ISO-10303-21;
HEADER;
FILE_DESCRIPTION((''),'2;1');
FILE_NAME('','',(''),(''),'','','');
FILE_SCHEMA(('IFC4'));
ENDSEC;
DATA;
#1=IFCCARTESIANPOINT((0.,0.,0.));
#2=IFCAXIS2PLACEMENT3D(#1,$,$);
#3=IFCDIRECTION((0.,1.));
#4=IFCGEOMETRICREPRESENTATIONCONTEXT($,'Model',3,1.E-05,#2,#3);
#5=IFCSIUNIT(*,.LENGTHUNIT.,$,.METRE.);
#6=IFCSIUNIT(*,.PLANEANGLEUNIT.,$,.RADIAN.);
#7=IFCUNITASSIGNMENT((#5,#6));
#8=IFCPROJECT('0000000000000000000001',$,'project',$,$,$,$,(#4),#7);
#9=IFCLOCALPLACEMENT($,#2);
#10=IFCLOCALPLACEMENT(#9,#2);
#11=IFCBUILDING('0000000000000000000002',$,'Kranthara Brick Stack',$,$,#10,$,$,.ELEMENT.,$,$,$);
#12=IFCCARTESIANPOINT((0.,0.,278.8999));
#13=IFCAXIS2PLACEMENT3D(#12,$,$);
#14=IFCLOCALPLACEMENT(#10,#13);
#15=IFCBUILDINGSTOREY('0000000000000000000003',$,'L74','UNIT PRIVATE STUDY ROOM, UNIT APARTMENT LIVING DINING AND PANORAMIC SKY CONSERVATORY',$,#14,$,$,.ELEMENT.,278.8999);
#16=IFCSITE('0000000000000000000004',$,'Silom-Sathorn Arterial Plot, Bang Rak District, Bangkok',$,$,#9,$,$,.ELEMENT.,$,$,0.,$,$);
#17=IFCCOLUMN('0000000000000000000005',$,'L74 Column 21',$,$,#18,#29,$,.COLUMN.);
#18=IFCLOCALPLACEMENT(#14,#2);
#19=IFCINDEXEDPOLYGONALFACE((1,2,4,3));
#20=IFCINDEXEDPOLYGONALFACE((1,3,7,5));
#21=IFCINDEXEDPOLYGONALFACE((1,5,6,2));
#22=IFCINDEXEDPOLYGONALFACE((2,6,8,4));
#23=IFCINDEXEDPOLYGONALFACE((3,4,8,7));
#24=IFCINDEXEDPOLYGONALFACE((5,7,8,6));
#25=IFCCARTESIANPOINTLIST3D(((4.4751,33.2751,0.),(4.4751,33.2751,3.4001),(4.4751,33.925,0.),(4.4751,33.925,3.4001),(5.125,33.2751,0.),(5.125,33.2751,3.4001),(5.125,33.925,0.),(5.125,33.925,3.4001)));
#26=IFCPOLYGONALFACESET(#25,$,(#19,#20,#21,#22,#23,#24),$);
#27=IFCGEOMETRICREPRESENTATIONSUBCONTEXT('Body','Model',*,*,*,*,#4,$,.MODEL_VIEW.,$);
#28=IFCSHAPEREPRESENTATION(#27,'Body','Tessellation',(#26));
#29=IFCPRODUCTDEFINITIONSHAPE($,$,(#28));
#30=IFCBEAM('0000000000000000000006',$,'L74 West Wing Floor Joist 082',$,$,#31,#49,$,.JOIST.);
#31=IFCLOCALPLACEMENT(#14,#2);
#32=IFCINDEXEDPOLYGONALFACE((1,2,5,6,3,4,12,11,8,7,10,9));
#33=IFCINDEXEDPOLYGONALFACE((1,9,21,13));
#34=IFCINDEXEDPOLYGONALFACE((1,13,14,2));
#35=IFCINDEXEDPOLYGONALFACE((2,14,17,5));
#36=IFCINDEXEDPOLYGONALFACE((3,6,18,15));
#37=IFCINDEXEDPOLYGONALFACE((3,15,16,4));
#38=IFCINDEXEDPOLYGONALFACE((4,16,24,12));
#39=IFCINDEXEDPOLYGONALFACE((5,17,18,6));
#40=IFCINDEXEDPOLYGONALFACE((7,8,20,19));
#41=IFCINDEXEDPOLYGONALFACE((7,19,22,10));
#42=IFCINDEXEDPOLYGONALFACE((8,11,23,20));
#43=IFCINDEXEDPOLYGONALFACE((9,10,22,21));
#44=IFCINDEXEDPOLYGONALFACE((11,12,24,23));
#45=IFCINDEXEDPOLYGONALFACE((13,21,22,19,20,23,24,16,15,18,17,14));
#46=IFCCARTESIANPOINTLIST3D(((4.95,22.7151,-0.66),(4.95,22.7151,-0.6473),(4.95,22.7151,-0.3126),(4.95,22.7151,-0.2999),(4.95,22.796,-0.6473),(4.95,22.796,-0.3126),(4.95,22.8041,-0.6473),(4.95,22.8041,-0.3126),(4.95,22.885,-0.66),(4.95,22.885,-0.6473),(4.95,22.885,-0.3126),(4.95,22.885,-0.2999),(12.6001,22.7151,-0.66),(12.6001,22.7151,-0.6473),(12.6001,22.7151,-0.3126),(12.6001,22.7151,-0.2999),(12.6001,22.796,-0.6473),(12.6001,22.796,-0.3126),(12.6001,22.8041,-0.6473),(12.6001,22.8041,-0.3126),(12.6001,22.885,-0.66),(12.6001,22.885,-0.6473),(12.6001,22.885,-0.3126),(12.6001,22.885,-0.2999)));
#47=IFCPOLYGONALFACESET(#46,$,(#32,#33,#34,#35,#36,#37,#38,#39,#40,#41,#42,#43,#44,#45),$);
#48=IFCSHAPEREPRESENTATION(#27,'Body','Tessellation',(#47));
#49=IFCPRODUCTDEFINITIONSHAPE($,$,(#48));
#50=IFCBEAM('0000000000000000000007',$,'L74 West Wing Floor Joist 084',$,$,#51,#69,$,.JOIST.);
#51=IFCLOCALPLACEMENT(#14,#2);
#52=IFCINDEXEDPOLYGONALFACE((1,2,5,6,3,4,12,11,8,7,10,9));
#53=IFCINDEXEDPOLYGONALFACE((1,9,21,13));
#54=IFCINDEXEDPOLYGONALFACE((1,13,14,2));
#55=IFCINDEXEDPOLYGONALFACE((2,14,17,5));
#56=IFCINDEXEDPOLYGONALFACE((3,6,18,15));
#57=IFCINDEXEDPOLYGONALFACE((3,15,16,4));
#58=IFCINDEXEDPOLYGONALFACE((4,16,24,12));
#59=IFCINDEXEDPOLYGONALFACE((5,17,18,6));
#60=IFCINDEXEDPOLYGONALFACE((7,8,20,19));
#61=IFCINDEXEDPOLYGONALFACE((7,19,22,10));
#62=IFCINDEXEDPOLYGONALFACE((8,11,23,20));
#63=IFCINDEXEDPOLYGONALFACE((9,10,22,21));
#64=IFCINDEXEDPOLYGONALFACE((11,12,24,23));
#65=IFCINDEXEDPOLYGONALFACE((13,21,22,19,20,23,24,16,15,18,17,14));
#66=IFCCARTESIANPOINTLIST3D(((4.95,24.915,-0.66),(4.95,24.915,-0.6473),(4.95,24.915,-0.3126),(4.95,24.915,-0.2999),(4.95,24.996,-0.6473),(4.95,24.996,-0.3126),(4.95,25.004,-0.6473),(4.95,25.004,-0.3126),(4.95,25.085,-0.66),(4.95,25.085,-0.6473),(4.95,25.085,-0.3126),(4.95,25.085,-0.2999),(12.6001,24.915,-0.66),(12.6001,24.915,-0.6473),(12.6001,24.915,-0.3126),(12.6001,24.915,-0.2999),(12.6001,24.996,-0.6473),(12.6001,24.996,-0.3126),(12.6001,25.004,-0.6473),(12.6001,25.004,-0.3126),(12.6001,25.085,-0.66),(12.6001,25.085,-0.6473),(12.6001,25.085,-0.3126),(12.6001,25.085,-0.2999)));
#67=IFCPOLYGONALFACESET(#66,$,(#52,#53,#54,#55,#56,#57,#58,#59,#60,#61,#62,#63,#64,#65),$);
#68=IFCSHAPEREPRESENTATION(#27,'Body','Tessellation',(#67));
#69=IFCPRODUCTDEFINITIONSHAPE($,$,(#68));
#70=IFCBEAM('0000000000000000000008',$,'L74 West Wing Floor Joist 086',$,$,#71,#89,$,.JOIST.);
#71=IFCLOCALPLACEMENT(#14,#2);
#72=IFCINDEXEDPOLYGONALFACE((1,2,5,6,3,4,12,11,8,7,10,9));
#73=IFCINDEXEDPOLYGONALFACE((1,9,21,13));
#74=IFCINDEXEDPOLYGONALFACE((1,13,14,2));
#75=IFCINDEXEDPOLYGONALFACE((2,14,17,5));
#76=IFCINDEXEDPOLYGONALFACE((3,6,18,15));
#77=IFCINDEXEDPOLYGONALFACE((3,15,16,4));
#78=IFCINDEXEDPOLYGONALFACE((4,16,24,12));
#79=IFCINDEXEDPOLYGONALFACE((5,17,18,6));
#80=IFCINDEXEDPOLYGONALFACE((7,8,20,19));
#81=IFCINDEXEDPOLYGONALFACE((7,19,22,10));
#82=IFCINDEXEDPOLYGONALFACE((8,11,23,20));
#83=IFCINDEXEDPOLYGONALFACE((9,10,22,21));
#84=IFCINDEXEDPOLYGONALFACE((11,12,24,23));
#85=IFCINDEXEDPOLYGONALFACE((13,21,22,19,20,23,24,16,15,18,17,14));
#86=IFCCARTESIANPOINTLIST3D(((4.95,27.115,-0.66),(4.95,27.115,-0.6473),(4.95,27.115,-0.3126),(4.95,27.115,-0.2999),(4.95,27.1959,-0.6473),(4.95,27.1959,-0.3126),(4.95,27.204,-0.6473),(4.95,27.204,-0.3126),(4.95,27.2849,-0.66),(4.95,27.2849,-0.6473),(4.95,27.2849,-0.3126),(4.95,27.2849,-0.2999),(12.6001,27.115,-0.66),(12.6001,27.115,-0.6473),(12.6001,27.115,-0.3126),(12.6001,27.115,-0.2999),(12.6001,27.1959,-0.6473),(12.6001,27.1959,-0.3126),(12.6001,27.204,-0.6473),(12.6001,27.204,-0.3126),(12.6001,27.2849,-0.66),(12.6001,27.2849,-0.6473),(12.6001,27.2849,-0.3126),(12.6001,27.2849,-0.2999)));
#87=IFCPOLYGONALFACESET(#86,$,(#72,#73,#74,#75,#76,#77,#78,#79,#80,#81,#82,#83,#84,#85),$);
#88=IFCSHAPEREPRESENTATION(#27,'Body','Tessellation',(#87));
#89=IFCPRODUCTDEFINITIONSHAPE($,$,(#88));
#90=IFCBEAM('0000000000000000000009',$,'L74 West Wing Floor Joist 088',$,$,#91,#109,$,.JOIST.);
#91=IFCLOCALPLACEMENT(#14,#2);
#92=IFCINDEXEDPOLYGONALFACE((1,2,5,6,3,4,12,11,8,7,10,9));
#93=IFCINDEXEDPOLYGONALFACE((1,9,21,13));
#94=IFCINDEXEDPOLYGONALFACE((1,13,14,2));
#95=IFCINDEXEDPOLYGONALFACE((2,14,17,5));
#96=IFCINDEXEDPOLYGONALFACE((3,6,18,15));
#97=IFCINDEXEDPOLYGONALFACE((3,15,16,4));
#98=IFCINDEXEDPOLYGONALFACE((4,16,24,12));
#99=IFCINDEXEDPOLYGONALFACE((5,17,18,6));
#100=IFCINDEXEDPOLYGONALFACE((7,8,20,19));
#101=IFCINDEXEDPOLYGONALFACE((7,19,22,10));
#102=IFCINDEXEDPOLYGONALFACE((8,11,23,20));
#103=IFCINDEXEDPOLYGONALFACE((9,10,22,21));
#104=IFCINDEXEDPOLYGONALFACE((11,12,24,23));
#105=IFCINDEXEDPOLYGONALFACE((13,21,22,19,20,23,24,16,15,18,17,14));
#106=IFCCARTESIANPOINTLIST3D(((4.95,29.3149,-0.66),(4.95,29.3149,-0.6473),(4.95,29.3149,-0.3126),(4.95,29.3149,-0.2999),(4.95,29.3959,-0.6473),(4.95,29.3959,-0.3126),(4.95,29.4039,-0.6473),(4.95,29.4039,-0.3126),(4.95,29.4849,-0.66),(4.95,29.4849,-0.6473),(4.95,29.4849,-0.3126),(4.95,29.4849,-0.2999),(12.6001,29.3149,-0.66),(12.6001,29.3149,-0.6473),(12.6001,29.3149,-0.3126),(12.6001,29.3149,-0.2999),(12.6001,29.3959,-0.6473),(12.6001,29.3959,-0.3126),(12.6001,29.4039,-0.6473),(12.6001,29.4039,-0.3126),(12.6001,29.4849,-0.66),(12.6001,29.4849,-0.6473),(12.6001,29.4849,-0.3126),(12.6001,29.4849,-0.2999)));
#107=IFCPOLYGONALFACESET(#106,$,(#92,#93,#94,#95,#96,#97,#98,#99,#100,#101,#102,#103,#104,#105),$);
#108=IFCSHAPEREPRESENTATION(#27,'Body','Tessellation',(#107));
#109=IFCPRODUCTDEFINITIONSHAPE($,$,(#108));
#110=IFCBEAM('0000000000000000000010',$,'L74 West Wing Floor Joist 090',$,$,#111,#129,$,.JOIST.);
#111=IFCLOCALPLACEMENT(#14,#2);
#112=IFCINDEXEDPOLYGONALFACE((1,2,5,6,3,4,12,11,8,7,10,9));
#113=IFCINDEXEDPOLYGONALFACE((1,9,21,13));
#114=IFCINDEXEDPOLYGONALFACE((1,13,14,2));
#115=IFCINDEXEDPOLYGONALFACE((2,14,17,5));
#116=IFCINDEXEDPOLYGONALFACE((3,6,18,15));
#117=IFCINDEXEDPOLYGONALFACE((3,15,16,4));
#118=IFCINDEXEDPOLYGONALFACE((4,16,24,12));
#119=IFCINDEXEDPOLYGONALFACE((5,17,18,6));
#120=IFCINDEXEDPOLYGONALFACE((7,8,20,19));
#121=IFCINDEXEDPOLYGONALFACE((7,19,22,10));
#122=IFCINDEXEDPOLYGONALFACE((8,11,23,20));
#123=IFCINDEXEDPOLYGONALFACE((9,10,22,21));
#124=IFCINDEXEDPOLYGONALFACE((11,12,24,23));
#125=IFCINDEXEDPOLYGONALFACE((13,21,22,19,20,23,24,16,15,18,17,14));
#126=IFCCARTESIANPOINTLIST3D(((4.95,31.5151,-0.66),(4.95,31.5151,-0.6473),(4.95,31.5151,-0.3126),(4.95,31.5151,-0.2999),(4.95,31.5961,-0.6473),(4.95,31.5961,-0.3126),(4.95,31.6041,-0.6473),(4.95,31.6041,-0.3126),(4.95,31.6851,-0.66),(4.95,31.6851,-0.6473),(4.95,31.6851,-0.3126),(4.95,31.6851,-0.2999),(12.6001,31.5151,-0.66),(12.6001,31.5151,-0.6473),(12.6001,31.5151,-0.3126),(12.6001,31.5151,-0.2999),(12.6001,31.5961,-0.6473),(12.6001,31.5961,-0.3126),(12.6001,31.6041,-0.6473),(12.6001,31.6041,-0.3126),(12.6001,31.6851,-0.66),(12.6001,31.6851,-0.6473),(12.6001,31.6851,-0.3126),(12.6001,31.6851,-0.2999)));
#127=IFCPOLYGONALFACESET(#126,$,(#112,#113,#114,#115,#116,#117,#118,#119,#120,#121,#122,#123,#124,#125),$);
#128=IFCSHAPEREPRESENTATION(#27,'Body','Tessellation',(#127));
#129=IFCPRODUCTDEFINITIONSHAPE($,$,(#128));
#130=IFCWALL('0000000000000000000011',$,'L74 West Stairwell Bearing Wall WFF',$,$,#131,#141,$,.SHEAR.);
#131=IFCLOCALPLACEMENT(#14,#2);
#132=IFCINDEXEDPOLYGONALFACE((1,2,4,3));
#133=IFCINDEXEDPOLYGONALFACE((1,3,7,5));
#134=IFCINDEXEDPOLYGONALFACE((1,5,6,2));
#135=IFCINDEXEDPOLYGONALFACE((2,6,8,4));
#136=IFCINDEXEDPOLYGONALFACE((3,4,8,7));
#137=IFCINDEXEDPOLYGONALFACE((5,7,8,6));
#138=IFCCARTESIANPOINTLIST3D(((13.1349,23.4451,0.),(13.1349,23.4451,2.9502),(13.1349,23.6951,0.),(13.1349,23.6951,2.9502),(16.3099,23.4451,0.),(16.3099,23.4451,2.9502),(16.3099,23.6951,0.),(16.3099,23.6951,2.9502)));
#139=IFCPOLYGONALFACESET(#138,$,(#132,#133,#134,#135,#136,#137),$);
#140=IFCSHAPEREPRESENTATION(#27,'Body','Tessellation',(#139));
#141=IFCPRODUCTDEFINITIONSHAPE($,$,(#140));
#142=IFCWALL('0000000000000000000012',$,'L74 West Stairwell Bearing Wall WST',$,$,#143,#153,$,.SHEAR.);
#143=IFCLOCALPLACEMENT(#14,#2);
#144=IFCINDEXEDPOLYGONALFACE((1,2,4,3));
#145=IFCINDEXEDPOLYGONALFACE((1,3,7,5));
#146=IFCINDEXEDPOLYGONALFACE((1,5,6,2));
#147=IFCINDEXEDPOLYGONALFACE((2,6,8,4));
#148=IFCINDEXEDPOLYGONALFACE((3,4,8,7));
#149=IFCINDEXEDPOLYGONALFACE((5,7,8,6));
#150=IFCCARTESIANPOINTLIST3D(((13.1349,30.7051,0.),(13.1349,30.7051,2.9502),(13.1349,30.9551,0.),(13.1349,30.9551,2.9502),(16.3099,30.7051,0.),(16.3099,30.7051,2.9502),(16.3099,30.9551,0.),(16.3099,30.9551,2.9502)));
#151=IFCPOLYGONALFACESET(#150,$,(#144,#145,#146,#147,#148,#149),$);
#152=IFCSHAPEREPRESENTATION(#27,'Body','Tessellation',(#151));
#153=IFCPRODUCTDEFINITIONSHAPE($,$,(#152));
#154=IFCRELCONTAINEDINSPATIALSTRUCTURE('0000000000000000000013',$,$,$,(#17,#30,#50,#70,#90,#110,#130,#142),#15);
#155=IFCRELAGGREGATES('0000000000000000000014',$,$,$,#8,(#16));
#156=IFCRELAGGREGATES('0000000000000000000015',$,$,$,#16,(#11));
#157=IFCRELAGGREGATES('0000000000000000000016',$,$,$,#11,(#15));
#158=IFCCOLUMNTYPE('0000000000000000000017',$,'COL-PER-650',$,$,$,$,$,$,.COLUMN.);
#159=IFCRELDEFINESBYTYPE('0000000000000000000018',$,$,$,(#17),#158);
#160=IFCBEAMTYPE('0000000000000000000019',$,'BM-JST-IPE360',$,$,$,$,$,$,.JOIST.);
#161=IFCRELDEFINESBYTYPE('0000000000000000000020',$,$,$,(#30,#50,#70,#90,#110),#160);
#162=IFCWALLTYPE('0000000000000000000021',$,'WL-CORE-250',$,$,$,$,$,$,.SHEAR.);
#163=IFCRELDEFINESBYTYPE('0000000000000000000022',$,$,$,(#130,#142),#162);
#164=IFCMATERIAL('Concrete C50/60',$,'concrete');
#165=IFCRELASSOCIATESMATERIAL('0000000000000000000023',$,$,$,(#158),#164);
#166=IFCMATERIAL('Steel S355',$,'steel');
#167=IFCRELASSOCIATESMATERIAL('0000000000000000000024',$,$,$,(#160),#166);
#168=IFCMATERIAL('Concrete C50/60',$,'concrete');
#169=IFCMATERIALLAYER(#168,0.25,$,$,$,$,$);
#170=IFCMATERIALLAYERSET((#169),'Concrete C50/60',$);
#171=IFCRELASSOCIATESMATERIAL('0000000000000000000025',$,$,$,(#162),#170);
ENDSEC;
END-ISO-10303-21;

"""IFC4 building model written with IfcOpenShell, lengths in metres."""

from ifc_helpers import new_model, si_unit, direction, frame, frame_2d, origin, origin_2d, place, context, subcontext, project, spatial, rectangle, i_section, extrude, material, layer, layer_set, material_profile, profile_set, type_object, element, save


model = new_model("IFC4")

# Units and contexts
model_context = context("Model", 3, precision=1e-05, world=origin(), true_north=direction((0.0, 1.0)))
body_context = subcontext(model_context, "Body", "Model", "MODEL_VIEW")
ifc_project = project(units=[si_unit("LENGTHUNIT", "METRE"), si_unit("PLANEANGLEUNIT", "RADIAN")], contexts=[model_context])

# Site, building, storey
site_placement = place(None, origin())
site = spatial("IfcSite", under=ifc_project, at=site_placement, Name="Silom-Sathorn Arterial Plot, Bang Rak District, Bangkok", CompositionType="ELEMENT", RefElevation=0.0)
building_placement = place(site_placement, origin())
building = spatial("IfcBuilding", under=site, at=building_placement, Name="Kranthara Brick Stack", CompositionType="ELEMENT")
storey_placement = place(building_placement, frame((0.0, 0.0, 278.8999)))
storey = spatial("IfcBuildingStorey", under=building, at=storey_placement, Name="L74", Description="UNIT PRIVATE STUDY ROOM, UNIT APARTMENT LIVING DINING AND PANORAMIC SKY CONSERVATORY", CompositionType="ELEMENT", Elevation=278.8999)

# Column
ifc_material_1 = material(Name="Concrete C50/60", Category="concrete")
ifc_material_profile_1 = material_profile(ifc_material_1, rectangle(XDim=0.6499, YDim=0.6499, at=origin_2d()), Name="RC 650x650")
ifc_profile_set_1 = profile_set([ifc_material_profile_1], Name="Concrete C50/60")
column_type = type_object("IfcColumnType", Name="COL-PER-650", PredefinedType="COLUMN", material=ifc_profile_set_1)
column_placement = place(storey_placement, frame((4.8, 33.6001, 0.0), z_axis=(0.0, 0.0, 1.0), x_axis=(1.0, 0.0, 0.0)))
element("IfcColumn", 1, at=column_placement, inside=storey, type_object=column_type, Name="L74 Column 21", PredefinedType="COLUMN", context=body_context, shape_type="SweptSolid", body=[
    extrude(rectangle(XDim=0.6499, YDim=0.6499, at=origin_2d()), origin(), (0.0, 0.0, 1.0), 3.4001),
])

# Beams
ifc_material_2 = material(Name="Steel S355", Category="steel")
ifc_material_profile_2 = material_profile(ifc_material_2, i_section(OverallWidth=0.1699, OverallDepth=0.3601, WebThickness=0.0081, FlangeThickness=0.0127, at=origin_2d()), Name="IPE 360")
ifc_profile_set_2 = profile_set([ifc_material_profile_2], Name="Steel S355")
beam_type = type_object("IfcBeamType", Name="BM-JST-IPE360", PredefinedType="JOIST", material=ifc_profile_set_2)
for number, where, z_axis, x_axis, name in (
    (2, (4.95, 22.8, -0.48), (1.0, 0.0, 0.0), (0.0, 1.0, 0.0), "L74 West Wing Floor Joist 082"),
    (3, (4.95, 25.0, -0.48), (1.0, 0.0, 0.0), (0.0, 1.0, 0.0), "L74 West Wing Floor Joist 084"),
    (4, (4.95, 27.2, -0.48), (1.0, 0.0, 0.0), (0.0, 1.0, 0.0), "L74 West Wing Floor Joist 086"),
    (5, (4.95, 29.3999, -0.48), (1.0, 0.0, 0.0), (0.0, 1.0, 0.0), "L74 West Wing Floor Joist 088"),
    (6, (4.95, 31.6001, -0.48), (1.0, 0.0, 0.0), (0.0, 1.0, 0.0), "L74 West Wing Floor Joist 090"),
):
    element("IfcBeam", number, at=place(storey_placement, frame(where, z_axis=z_axis, x_axis=x_axis)), inside=storey, type_object=beam_type, Name=name, PredefinedType="JOIST", context=body_context, shape_type="SweptSolid", body=[
        extrude(i_section(OverallWidth=0.1699, OverallDepth=0.3601, WebThickness=0.0081, FlangeThickness=0.0127, at=origin_2d()), origin(), (0.0, 0.0, 1.0), 7.6501),
    ])

# Walls
ifc_material_3 = material(Name="Concrete C50/60", Category="concrete")
ifc_layer_1 = layer(ifc_material_3, 0.25)
ifc_layer_set_1 = layer_set([ifc_layer_1], Name="Concrete C50/60")
wall_type_1 = type_object("IfcWallType", Name="WL-CORE-250", PredefinedType="SHEAR", material=ifc_layer_set_1)
for number, where, z_axis, x_axis, name in (
    (7, (13.135, 23.5701, 0.0), (0.0, 0.0, 1.0), (1.0, 0.0, 0.0), "L74 West Stairwell Bearing Wall WFF"),
    (8, (13.135, 30.8301, 0.0), (0.0, 0.0, 1.0), (1.0, 0.0, 0.0), "L74 West Stairwell Bearing Wall WST"),
):
    element("IfcWall", number, at=place(storey_placement, frame(where, z_axis=z_axis, x_axis=x_axis)), inside=storey, type_object=wall_type_1, Name=name, PredefinedType="SHEAR", context=body_context, shape_type="SweptSolid", body=[
        extrude(rectangle(XDim=3.175, YDim=0.25, at=frame_2d((1.5874, 0.0))), origin(), (0.0, 0.0, 1.0), 2.9502),
    ])

save(model, "model.ifc")
